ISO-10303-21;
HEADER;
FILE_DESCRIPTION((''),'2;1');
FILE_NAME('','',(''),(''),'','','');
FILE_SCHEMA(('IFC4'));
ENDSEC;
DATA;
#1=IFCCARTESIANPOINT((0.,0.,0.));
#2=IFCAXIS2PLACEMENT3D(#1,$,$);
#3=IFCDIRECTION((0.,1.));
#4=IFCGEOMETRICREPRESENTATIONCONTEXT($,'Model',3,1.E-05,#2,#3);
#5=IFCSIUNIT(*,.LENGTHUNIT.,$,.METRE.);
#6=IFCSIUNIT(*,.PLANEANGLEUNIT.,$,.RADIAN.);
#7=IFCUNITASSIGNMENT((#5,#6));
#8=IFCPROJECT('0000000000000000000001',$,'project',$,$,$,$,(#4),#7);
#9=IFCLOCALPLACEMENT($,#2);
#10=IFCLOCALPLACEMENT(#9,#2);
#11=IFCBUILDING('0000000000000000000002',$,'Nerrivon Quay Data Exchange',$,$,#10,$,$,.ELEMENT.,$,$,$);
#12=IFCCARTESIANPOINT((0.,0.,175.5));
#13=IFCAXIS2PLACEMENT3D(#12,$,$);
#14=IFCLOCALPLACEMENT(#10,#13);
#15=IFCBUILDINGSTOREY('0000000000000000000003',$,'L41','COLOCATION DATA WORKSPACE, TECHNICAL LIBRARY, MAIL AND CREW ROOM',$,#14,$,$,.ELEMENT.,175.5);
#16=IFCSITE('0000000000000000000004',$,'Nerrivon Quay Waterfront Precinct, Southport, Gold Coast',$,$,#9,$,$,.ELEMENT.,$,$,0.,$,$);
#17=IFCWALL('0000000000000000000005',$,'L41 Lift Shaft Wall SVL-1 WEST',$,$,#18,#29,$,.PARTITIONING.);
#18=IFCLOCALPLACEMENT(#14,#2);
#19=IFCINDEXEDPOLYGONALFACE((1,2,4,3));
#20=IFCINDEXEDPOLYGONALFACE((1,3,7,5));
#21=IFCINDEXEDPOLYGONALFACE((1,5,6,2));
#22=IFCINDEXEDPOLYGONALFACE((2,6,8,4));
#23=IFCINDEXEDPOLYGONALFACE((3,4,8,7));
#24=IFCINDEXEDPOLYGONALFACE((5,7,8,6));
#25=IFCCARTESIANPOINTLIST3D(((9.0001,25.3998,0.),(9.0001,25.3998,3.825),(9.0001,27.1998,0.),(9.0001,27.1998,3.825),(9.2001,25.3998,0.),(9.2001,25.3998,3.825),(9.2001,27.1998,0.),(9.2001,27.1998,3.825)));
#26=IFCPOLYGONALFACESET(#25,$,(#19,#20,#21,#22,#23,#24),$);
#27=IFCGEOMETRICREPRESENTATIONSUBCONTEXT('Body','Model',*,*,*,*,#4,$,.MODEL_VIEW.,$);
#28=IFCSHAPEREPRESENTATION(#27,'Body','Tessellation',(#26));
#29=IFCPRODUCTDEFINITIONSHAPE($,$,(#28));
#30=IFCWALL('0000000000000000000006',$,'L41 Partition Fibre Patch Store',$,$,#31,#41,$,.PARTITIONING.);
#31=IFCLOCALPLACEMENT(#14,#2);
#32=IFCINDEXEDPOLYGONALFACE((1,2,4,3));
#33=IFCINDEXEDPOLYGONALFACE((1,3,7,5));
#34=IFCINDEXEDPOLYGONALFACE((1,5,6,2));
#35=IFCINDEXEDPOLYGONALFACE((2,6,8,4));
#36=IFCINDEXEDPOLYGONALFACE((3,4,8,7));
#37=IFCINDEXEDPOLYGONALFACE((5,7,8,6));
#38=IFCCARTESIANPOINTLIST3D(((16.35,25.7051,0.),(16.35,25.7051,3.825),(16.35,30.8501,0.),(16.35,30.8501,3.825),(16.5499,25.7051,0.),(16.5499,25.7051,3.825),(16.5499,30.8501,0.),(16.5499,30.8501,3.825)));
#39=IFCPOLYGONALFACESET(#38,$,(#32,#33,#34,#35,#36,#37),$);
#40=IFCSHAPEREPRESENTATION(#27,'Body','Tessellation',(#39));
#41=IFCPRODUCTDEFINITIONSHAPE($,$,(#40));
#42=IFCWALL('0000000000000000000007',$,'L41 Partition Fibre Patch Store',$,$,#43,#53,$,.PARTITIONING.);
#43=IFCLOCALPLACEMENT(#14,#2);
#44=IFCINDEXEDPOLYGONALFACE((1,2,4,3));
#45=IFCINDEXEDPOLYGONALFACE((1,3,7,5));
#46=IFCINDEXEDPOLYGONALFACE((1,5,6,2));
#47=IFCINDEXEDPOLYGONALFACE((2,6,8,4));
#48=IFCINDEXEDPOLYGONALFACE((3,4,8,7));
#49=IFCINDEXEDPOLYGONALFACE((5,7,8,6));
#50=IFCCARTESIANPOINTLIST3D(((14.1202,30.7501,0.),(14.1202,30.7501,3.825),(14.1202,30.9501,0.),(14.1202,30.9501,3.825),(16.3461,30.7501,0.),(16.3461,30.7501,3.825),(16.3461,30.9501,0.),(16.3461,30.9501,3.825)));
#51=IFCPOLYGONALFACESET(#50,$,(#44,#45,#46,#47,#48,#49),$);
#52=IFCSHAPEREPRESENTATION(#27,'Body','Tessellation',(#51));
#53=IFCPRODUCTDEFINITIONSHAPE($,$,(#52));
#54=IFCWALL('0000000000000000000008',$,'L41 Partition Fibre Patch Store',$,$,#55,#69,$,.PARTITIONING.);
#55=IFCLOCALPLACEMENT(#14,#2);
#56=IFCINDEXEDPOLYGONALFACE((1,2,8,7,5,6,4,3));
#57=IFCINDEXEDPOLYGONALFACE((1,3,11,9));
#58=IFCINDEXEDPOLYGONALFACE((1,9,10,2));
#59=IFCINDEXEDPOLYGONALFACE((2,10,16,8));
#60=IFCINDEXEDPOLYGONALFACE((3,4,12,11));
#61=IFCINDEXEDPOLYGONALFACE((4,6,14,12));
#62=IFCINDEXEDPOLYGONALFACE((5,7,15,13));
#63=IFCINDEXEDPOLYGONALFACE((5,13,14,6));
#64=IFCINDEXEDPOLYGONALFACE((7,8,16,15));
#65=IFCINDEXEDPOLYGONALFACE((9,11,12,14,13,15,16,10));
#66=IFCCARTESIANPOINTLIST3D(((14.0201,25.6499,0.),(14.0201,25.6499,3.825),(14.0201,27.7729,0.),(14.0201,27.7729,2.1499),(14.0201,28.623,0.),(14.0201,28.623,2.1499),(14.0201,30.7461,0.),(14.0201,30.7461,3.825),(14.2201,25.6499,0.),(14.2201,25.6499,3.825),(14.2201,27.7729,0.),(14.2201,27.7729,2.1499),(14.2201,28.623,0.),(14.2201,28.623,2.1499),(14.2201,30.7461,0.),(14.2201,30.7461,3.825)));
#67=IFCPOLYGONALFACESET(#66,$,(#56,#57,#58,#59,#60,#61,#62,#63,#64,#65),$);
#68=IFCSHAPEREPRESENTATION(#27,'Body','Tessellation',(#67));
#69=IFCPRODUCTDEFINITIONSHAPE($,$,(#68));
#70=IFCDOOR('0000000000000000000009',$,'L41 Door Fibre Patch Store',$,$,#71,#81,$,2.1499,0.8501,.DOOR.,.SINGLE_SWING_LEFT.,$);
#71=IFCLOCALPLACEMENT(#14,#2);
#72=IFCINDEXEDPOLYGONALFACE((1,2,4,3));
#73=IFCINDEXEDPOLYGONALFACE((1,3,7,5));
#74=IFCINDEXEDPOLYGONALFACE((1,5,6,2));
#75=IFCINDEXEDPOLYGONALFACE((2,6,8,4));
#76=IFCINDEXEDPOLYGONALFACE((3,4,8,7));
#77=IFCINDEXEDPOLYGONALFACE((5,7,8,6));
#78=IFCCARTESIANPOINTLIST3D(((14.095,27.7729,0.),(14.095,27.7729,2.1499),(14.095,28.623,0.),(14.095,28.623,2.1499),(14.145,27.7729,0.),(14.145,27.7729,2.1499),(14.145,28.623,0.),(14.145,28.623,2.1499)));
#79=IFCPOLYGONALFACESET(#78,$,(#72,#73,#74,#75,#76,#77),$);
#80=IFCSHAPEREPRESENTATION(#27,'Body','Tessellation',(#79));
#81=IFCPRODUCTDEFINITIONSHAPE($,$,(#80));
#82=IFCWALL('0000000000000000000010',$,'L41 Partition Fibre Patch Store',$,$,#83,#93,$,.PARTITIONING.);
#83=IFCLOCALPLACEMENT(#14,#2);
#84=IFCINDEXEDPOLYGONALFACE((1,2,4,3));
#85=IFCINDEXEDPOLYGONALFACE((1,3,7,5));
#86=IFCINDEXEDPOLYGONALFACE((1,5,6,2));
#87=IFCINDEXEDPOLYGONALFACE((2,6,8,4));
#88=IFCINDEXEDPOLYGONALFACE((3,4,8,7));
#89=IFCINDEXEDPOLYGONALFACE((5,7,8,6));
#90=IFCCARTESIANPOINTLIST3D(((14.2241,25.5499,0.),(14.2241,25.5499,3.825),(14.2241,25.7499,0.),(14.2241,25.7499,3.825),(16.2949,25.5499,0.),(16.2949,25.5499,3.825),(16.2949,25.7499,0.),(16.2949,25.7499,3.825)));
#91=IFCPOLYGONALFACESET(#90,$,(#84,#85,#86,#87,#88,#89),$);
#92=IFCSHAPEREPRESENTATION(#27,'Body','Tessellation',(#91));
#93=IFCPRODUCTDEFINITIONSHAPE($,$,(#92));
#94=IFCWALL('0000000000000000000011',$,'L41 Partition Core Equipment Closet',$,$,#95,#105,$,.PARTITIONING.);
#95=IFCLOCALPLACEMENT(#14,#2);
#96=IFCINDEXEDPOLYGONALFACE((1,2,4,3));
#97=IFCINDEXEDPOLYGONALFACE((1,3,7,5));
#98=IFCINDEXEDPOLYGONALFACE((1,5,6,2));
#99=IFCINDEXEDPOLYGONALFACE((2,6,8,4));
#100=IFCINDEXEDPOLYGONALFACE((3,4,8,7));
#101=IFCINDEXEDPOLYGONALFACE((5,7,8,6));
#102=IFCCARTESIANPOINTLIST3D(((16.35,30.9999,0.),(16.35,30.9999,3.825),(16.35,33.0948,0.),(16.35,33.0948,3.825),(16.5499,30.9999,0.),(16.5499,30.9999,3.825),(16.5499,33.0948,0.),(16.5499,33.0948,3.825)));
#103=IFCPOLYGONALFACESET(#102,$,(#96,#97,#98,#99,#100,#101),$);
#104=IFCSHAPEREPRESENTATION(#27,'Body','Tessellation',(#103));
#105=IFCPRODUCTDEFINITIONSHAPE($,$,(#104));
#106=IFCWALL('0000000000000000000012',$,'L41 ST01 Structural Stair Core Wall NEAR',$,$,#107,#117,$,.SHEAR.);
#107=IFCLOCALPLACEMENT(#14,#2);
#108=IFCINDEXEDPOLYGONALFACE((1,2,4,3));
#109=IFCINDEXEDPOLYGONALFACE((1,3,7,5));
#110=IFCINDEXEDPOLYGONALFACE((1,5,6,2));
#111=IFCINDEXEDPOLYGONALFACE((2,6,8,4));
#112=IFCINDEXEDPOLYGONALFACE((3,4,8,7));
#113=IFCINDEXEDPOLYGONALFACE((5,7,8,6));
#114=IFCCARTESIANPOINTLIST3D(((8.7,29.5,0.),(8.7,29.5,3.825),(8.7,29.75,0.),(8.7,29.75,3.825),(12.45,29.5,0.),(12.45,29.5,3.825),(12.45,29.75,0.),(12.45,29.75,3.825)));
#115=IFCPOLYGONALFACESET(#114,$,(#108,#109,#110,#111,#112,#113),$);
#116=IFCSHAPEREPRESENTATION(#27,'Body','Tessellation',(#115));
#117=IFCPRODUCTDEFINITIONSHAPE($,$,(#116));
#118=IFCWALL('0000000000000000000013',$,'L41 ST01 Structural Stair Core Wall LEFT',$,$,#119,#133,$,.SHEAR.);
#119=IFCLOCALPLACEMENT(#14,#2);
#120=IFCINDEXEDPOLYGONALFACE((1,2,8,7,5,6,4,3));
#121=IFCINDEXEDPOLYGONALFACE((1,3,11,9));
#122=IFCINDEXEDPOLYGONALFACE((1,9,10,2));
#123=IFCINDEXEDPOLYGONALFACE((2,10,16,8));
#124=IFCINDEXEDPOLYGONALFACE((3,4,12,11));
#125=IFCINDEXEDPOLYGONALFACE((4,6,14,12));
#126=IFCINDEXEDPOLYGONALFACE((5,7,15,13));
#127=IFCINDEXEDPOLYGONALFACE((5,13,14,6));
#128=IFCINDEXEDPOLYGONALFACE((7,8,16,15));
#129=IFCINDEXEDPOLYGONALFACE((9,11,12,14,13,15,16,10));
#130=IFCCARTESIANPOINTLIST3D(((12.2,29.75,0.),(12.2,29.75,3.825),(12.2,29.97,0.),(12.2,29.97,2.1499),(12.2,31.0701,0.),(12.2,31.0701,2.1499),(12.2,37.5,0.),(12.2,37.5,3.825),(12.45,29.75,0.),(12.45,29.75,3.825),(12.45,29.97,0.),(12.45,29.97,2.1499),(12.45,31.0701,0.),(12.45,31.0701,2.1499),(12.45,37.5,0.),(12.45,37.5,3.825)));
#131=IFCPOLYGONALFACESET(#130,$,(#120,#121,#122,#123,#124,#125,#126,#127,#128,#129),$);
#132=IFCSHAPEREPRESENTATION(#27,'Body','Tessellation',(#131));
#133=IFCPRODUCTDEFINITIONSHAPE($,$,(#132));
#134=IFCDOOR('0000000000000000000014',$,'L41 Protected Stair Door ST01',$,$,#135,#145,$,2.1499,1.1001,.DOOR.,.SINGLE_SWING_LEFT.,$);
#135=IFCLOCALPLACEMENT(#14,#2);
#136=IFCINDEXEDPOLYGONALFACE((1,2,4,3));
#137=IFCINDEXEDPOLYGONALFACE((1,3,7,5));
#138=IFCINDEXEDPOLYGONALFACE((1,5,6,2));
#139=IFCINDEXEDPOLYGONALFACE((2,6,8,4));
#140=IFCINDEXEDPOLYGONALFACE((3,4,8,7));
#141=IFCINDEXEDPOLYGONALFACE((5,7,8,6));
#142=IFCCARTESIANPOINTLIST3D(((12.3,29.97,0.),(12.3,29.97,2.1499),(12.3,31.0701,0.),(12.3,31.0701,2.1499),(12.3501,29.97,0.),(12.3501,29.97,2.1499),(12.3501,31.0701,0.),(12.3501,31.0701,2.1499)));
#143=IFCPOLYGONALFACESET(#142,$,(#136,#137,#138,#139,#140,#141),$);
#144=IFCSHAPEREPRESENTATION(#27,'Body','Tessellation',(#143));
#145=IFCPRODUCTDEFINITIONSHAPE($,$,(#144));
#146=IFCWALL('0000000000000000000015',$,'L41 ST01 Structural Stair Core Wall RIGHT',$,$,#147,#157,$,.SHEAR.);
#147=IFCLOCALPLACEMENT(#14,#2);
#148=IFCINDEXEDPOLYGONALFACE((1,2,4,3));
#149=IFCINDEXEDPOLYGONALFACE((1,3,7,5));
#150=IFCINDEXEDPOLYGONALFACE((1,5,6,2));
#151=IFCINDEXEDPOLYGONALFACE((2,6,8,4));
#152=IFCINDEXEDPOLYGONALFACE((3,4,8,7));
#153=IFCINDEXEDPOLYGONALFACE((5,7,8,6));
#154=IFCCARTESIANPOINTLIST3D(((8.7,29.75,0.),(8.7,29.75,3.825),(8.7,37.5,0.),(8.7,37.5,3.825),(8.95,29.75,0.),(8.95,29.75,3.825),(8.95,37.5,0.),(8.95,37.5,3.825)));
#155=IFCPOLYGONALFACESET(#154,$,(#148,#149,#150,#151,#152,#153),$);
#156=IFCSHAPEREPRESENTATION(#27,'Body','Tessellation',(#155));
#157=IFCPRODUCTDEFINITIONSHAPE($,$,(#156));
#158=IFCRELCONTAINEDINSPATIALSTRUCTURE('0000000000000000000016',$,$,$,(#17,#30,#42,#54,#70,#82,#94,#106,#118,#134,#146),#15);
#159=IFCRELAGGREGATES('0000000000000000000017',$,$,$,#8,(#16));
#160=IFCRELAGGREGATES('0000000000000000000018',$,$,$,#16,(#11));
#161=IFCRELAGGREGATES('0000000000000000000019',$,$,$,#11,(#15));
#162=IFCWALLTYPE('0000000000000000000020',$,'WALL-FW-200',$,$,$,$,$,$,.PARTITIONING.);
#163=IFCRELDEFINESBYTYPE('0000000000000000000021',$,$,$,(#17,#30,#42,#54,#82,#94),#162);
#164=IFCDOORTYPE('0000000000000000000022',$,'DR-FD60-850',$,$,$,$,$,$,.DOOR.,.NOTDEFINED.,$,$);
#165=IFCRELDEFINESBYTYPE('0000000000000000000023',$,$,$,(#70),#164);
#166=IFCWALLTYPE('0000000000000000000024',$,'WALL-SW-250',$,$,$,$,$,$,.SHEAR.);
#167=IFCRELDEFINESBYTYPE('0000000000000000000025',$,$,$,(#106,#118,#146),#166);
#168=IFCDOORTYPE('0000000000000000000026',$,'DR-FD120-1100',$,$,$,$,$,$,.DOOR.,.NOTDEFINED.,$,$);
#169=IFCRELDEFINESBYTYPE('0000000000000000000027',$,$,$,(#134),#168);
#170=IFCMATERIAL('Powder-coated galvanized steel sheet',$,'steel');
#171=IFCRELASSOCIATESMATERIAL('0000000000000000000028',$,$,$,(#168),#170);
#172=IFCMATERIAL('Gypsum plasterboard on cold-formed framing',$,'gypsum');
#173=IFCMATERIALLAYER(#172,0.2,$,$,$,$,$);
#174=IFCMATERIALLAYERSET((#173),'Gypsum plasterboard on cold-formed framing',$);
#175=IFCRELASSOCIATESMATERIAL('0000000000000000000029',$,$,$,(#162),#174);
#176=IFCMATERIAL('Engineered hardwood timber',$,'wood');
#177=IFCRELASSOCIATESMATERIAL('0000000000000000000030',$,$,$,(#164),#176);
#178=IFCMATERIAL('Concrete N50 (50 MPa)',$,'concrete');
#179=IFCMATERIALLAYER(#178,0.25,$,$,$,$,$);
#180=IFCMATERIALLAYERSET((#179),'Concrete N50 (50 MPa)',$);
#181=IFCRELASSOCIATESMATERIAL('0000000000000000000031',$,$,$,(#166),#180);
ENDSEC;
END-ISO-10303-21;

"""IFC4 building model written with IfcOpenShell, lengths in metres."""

from ifc_helpers import new_model, si_unit, direction, frame, frame_2d, origin, place, context, subcontext, project, spatial, rectangle, extrude, material, layer, layer_set, type_object, element, fill, save


model = new_model("IFC4")

# Units and contexts
model_context = context("Model", 3, precision=1e-05, world=origin(), true_north=direction((0.0, 1.0)))
body_context = subcontext(model_context, "Body", "Model", "MODEL_VIEW")
ifc_project = project(units=[si_unit("LENGTHUNIT", "METRE"), si_unit("PLANEANGLEUNIT", "RADIAN")], contexts=[model_context])

# Site, building, storey
site_placement = place(None, origin())
site = spatial("IfcSite", under=ifc_project, at=site_placement, Name="Nerrivon Quay Waterfront Precinct, Southport, Gold Coast", CompositionType="ELEMENT", RefElevation=0.0)
building_placement = place(site_placement, origin())
building = spatial("IfcBuilding", under=site, at=building_placement, Name="Nerrivon Quay Data Exchange", CompositionType="ELEMENT")
storey_placement = place(building_placement, frame((0.0, 0.0, 175.5)))
storey = spatial("IfcBuildingStorey", under=building, at=storey_placement, Name="L41", Description="COLOCATION DATA WORKSPACE, TECHNICAL LIBRARY, MAIL AND CREW ROOM", CompositionType="ELEMENT", Elevation=175.5)

# Shared definitions
ifc_material_1 = material(Name="Powder-coated galvanized steel sheet", Category="steel")
door_type_1 = type_object("IfcDoorType", Name="DR-FD120-1100", OperationType="NOTDEFINED", PredefinedType="DOOR", material=ifc_material_1)
ifc_material_2 = material(Name="Gypsum plasterboard on cold-formed framing", Category="gypsum")
ifc_layer_1 = layer(ifc_material_2, 0.2)
ifc_layer_set_1 = layer_set([ifc_layer_1], Name="Gypsum plasterboard on cold-formed framing")
wall_type_1 = type_object("IfcWallType", Name="WALL-FW-200", PredefinedType="PARTITIONING", material=ifc_layer_set_1)

# Walls
wall_1_placement = place(storey_placement, frame((9.1001, 25.3999, 0.0), z_axis=(0.0, 0.0, 1.0), x_axis=(0.0, 1.0, 0.0)))
element("IfcWall", 1, at=wall_1_placement, inside=storey, type_object=wall_type_1, Name="L41 Lift Shaft Wall SVL-1 WEST", PredefinedType="PARTITIONING", context=body_context, shape_type="SweptSolid", body=[
    extrude(rectangle(XDim=1.8, YDim=0.2, at=frame_2d((0.8999, 0.0))), origin(), (0.0, 0.0, 1.0), 3.825),
])
wall_2_placement = place(storey_placement, frame((16.45, 25.7051, 0.0), z_axis=(0.0, 0.0, 1.0), x_axis=(0.0, 1.0, 0.0)))
element("IfcWall", 2, at=wall_2_placement, inside=storey, type_object=wall_type_1, Name="L41 Partition Fibre Patch Store", PredefinedType="PARTITIONING", context=body_context, shape_type="SweptSolid", body=[
    extrude(rectangle(XDim=5.145, YDim=0.2, at=frame_2d((2.5725, 0.0))), origin(), (0.0, 0.0, 1.0), 3.825),
])
wall_3_placement = place(storey_placement, frame((16.3459, 30.8501, 0.0), z_axis=(0.0, 0.0, 1.0), x_axis=(-1.0, 0.0, 0.0)))
element("IfcWall", 3, at=wall_3_placement, inside=storey, type_object=wall_type_1, Name="L41 Partition Fibre Patch Store", PredefinedType="PARTITIONING", context=body_context, shape_type="SweptSolid", body=[
    extrude(rectangle(XDim=2.2258, YDim=0.2, at=frame_2d((1.1128, 0.0))), origin(), (0.0, 0.0, 1.0), 3.825),
])

# Wall, opening, door
wall_4_placement = place(storey_placement, frame((14.1201, 30.7461, 0.0), z_axis=(0.0, 0.0, 1.0), x_axis=(0.0, -1.0, 0.0)))
wall_4 = element("IfcWall", 4, at=wall_4_placement, inside=storey, type_object=wall_type_1, Name="L41 Partition Fibre Patch Store", PredefinedType="PARTITIONING", context=body_context, shape_type="SweptSolid", body=[
    extrude(rectangle(XDim=5.0962, YDim=0.2, at=frame_2d((2.5481, 0.0))), origin(), (0.0, 0.0, 1.0), 3.825),
])
opening_1_placement = place(wall_4_placement, frame((2.123, 0.0, 0.0)))
opening_1 = element("IfcOpeningElement", 5, at=opening_1_placement, cuts=wall_4, PredefinedType="OPENING", context=body_context, shape_type="SweptSolid", body=[
    extrude(rectangle(XDim=0.8501, YDim=2.1499, at=frame_2d((0.425, 1.075))), frame((0.0, 0.1099, 0.0), z_axis=(0.0, -1.0, 0.0), x_axis=(1.0, 0.0, 0.0)), (0.0, 0.0, 1.0), 0.22),
])
ifc_material_3 = material(Name="Engineered hardwood timber", Category="wood")
door_type_2 = type_object("IfcDoorType", Name="DR-FD60-850", OperationType="NOTDEFINED", PredefinedType="DOOR", material=ifc_material_3)
door_1_placement = place(opening_1_placement, origin())
door_1 = element("IfcDoor", 6, at=door_1_placement, inside=storey, type_object=door_type_2, Name="L41 Door Fibre Patch Store", OperationType="SINGLE_SWING_LEFT", OverallHeight=2.1499, OverallWidth=0.8501, PredefinedType="DOOR", context=body_context, shape_type="SweptSolid", body=[
    extrude(rectangle(XDim=0.8501, YDim=2.1499, at=frame_2d((0.425, 1.075))), frame((0.0, 0.0249, 0.0), z_axis=(0.0, -1.0, 0.0), x_axis=(1.0, 0.0, 0.0)), (0.0, 0.0, 1.0), 0.05),
])
fill(opening_1, door_1)

# Wall
wall_5_placement = place(storey_placement, frame((14.2241, 25.6499, 0.0), z_axis=(0.0, 0.0, 1.0), x_axis=(1.0, 0.0, 0.0)))
element("IfcWall", 7, at=wall_5_placement, inside=storey, type_object=wall_type_1, Name="L41 Partition Fibre Patch Store", PredefinedType="PARTITIONING", context=body_context, shape_type="SweptSolid", body=[
    extrude(rectangle(XDim=2.0708, YDim=0.2, at=frame_2d((1.0354, 0.0))), origin(), (0.0, 0.0, 1.0), 3.825),
])

# Walls
wall_6_placement = place(storey_placement, frame((16.45, 31.0, 0.0), z_axis=(0.0, 0.0, 1.0), x_axis=(0.0, 1.0, 0.0)))
element("IfcWall", 8, at=wall_6_placement, inside=storey, type_object=wall_type_1, Name="L41 Partition Core Equipment Closet", PredefinedType="PARTITIONING", context=body_context, shape_type="SweptSolid", body=[
    extrude(rectangle(XDim=2.095, YDim=0.2, at=frame_2d((1.0474, 0.0))), origin(), (0.0, 0.0, 1.0), 3.825),
])
ifc_material_4 = material(Name="Concrete N50 (50 MPa)", Category="concrete")
ifc_layer_2 = layer(ifc_material_4, 0.25)
ifc_layer_set_2 = layer_set([ifc_layer_2], Name="Concrete N50 (50 MPa)")
wall_type_2 = type_object("IfcWallType", Name="WALL-SW-250", PredefinedType="SHEAR", material=ifc_layer_set_2)
wall_7_placement = place(storey_placement, frame((12.45, 29.625, 0.0), z_axis=(0.0, 0.0, 1.0), x_axis=(-1.0, 0.0, 0.0)))
element("IfcWall", 9, at=wall_7_placement, inside=storey, type_object=wall_type_2, Name="L41 ST01 Structural Stair Core Wall NEAR", PredefinedType="SHEAR", context=body_context, shape_type="SweptSolid", body=[
    extrude(rectangle(XDim=3.75, YDim=0.25, at=frame_2d((1.875, 0.0))), origin(), (0.0, 0.0, 1.0), 3.825),
])

# Wall, opening, door
wall_8_placement = place(storey_placement, frame((12.325, 29.75, 0.0), z_axis=(0.0, 0.0, 1.0), x_axis=(0.0, 1.0, 0.0)))
wall_8 = element("IfcWall", 10, at=wall_8_placement, inside=storey, type_object=wall_type_2, Name="L41 ST01 Structural Stair Core Wall LEFT", PredefinedType="SHEAR", context=body_context, shape_type="SweptSolid", body=[
    extrude(rectangle(XDim=7.75, YDim=0.25, at=frame_2d((3.875, 0.0))), origin(), (0.0, 0.0, 1.0), 3.825),
])
opening_2_placement = place(wall_8_placement, frame((0.22, 0.0, 0.0)))
opening_2 = element("IfcOpeningElement", 11, at=opening_2_placement, cuts=wall_8, PredefinedType="OPENING", context=body_context, shape_type="SweptSolid", body=[
    extrude(rectangle(XDim=1.1001, YDim=2.1499, at=frame_2d((0.55, 1.075))), frame((0.0, 0.135, 0.0), z_axis=(0.0, -1.0, 0.0), x_axis=(1.0, 0.0, 0.0)), (0.0, 0.0, 1.0), 0.27),
])
door_2_placement = place(opening_2_placement, origin())
door_2 = element("IfcDoor", 12, at=door_2_placement, inside=storey, type_object=door_type_1, Name="L41 Protected Stair Door ST01", OperationType="SINGLE_SWING_LEFT", OverallHeight=2.1499, OverallWidth=1.1001, PredefinedType="DOOR", context=body_context, shape_type="SweptSolid", body=[
    extrude(rectangle(XDim=1.1001, YDim=2.1499, at=frame_2d((0.55, 1.075))), frame((0.0, 0.0249, 0.0), z_axis=(0.0, -1.0, 0.0), x_axis=(1.0, 0.0, 0.0)), (0.0, 0.0, 1.0), 0.05),
])
fill(opening_2, door_2)

# Wall
wall_9_placement = place(storey_placement, frame((8.825, 29.75, 0.0), z_axis=(0.0, 0.0, 1.0), x_axis=(0.0, 1.0, 0.0)))
element("IfcWall", 13, at=wall_9_placement, inside=storey, type_object=wall_type_2, Name="L41 ST01 Structural Stair Core Wall RIGHT", PredefinedType="SHEAR", context=body_context, shape_type="SweptSolid", body=[
    extrude(rectangle(XDim=7.75, YDim=0.25, at=frame_2d((3.875, 0.0))), origin(), (0.0, 0.0, 1.0), 3.825),
])

save(model, "model.ifc")
